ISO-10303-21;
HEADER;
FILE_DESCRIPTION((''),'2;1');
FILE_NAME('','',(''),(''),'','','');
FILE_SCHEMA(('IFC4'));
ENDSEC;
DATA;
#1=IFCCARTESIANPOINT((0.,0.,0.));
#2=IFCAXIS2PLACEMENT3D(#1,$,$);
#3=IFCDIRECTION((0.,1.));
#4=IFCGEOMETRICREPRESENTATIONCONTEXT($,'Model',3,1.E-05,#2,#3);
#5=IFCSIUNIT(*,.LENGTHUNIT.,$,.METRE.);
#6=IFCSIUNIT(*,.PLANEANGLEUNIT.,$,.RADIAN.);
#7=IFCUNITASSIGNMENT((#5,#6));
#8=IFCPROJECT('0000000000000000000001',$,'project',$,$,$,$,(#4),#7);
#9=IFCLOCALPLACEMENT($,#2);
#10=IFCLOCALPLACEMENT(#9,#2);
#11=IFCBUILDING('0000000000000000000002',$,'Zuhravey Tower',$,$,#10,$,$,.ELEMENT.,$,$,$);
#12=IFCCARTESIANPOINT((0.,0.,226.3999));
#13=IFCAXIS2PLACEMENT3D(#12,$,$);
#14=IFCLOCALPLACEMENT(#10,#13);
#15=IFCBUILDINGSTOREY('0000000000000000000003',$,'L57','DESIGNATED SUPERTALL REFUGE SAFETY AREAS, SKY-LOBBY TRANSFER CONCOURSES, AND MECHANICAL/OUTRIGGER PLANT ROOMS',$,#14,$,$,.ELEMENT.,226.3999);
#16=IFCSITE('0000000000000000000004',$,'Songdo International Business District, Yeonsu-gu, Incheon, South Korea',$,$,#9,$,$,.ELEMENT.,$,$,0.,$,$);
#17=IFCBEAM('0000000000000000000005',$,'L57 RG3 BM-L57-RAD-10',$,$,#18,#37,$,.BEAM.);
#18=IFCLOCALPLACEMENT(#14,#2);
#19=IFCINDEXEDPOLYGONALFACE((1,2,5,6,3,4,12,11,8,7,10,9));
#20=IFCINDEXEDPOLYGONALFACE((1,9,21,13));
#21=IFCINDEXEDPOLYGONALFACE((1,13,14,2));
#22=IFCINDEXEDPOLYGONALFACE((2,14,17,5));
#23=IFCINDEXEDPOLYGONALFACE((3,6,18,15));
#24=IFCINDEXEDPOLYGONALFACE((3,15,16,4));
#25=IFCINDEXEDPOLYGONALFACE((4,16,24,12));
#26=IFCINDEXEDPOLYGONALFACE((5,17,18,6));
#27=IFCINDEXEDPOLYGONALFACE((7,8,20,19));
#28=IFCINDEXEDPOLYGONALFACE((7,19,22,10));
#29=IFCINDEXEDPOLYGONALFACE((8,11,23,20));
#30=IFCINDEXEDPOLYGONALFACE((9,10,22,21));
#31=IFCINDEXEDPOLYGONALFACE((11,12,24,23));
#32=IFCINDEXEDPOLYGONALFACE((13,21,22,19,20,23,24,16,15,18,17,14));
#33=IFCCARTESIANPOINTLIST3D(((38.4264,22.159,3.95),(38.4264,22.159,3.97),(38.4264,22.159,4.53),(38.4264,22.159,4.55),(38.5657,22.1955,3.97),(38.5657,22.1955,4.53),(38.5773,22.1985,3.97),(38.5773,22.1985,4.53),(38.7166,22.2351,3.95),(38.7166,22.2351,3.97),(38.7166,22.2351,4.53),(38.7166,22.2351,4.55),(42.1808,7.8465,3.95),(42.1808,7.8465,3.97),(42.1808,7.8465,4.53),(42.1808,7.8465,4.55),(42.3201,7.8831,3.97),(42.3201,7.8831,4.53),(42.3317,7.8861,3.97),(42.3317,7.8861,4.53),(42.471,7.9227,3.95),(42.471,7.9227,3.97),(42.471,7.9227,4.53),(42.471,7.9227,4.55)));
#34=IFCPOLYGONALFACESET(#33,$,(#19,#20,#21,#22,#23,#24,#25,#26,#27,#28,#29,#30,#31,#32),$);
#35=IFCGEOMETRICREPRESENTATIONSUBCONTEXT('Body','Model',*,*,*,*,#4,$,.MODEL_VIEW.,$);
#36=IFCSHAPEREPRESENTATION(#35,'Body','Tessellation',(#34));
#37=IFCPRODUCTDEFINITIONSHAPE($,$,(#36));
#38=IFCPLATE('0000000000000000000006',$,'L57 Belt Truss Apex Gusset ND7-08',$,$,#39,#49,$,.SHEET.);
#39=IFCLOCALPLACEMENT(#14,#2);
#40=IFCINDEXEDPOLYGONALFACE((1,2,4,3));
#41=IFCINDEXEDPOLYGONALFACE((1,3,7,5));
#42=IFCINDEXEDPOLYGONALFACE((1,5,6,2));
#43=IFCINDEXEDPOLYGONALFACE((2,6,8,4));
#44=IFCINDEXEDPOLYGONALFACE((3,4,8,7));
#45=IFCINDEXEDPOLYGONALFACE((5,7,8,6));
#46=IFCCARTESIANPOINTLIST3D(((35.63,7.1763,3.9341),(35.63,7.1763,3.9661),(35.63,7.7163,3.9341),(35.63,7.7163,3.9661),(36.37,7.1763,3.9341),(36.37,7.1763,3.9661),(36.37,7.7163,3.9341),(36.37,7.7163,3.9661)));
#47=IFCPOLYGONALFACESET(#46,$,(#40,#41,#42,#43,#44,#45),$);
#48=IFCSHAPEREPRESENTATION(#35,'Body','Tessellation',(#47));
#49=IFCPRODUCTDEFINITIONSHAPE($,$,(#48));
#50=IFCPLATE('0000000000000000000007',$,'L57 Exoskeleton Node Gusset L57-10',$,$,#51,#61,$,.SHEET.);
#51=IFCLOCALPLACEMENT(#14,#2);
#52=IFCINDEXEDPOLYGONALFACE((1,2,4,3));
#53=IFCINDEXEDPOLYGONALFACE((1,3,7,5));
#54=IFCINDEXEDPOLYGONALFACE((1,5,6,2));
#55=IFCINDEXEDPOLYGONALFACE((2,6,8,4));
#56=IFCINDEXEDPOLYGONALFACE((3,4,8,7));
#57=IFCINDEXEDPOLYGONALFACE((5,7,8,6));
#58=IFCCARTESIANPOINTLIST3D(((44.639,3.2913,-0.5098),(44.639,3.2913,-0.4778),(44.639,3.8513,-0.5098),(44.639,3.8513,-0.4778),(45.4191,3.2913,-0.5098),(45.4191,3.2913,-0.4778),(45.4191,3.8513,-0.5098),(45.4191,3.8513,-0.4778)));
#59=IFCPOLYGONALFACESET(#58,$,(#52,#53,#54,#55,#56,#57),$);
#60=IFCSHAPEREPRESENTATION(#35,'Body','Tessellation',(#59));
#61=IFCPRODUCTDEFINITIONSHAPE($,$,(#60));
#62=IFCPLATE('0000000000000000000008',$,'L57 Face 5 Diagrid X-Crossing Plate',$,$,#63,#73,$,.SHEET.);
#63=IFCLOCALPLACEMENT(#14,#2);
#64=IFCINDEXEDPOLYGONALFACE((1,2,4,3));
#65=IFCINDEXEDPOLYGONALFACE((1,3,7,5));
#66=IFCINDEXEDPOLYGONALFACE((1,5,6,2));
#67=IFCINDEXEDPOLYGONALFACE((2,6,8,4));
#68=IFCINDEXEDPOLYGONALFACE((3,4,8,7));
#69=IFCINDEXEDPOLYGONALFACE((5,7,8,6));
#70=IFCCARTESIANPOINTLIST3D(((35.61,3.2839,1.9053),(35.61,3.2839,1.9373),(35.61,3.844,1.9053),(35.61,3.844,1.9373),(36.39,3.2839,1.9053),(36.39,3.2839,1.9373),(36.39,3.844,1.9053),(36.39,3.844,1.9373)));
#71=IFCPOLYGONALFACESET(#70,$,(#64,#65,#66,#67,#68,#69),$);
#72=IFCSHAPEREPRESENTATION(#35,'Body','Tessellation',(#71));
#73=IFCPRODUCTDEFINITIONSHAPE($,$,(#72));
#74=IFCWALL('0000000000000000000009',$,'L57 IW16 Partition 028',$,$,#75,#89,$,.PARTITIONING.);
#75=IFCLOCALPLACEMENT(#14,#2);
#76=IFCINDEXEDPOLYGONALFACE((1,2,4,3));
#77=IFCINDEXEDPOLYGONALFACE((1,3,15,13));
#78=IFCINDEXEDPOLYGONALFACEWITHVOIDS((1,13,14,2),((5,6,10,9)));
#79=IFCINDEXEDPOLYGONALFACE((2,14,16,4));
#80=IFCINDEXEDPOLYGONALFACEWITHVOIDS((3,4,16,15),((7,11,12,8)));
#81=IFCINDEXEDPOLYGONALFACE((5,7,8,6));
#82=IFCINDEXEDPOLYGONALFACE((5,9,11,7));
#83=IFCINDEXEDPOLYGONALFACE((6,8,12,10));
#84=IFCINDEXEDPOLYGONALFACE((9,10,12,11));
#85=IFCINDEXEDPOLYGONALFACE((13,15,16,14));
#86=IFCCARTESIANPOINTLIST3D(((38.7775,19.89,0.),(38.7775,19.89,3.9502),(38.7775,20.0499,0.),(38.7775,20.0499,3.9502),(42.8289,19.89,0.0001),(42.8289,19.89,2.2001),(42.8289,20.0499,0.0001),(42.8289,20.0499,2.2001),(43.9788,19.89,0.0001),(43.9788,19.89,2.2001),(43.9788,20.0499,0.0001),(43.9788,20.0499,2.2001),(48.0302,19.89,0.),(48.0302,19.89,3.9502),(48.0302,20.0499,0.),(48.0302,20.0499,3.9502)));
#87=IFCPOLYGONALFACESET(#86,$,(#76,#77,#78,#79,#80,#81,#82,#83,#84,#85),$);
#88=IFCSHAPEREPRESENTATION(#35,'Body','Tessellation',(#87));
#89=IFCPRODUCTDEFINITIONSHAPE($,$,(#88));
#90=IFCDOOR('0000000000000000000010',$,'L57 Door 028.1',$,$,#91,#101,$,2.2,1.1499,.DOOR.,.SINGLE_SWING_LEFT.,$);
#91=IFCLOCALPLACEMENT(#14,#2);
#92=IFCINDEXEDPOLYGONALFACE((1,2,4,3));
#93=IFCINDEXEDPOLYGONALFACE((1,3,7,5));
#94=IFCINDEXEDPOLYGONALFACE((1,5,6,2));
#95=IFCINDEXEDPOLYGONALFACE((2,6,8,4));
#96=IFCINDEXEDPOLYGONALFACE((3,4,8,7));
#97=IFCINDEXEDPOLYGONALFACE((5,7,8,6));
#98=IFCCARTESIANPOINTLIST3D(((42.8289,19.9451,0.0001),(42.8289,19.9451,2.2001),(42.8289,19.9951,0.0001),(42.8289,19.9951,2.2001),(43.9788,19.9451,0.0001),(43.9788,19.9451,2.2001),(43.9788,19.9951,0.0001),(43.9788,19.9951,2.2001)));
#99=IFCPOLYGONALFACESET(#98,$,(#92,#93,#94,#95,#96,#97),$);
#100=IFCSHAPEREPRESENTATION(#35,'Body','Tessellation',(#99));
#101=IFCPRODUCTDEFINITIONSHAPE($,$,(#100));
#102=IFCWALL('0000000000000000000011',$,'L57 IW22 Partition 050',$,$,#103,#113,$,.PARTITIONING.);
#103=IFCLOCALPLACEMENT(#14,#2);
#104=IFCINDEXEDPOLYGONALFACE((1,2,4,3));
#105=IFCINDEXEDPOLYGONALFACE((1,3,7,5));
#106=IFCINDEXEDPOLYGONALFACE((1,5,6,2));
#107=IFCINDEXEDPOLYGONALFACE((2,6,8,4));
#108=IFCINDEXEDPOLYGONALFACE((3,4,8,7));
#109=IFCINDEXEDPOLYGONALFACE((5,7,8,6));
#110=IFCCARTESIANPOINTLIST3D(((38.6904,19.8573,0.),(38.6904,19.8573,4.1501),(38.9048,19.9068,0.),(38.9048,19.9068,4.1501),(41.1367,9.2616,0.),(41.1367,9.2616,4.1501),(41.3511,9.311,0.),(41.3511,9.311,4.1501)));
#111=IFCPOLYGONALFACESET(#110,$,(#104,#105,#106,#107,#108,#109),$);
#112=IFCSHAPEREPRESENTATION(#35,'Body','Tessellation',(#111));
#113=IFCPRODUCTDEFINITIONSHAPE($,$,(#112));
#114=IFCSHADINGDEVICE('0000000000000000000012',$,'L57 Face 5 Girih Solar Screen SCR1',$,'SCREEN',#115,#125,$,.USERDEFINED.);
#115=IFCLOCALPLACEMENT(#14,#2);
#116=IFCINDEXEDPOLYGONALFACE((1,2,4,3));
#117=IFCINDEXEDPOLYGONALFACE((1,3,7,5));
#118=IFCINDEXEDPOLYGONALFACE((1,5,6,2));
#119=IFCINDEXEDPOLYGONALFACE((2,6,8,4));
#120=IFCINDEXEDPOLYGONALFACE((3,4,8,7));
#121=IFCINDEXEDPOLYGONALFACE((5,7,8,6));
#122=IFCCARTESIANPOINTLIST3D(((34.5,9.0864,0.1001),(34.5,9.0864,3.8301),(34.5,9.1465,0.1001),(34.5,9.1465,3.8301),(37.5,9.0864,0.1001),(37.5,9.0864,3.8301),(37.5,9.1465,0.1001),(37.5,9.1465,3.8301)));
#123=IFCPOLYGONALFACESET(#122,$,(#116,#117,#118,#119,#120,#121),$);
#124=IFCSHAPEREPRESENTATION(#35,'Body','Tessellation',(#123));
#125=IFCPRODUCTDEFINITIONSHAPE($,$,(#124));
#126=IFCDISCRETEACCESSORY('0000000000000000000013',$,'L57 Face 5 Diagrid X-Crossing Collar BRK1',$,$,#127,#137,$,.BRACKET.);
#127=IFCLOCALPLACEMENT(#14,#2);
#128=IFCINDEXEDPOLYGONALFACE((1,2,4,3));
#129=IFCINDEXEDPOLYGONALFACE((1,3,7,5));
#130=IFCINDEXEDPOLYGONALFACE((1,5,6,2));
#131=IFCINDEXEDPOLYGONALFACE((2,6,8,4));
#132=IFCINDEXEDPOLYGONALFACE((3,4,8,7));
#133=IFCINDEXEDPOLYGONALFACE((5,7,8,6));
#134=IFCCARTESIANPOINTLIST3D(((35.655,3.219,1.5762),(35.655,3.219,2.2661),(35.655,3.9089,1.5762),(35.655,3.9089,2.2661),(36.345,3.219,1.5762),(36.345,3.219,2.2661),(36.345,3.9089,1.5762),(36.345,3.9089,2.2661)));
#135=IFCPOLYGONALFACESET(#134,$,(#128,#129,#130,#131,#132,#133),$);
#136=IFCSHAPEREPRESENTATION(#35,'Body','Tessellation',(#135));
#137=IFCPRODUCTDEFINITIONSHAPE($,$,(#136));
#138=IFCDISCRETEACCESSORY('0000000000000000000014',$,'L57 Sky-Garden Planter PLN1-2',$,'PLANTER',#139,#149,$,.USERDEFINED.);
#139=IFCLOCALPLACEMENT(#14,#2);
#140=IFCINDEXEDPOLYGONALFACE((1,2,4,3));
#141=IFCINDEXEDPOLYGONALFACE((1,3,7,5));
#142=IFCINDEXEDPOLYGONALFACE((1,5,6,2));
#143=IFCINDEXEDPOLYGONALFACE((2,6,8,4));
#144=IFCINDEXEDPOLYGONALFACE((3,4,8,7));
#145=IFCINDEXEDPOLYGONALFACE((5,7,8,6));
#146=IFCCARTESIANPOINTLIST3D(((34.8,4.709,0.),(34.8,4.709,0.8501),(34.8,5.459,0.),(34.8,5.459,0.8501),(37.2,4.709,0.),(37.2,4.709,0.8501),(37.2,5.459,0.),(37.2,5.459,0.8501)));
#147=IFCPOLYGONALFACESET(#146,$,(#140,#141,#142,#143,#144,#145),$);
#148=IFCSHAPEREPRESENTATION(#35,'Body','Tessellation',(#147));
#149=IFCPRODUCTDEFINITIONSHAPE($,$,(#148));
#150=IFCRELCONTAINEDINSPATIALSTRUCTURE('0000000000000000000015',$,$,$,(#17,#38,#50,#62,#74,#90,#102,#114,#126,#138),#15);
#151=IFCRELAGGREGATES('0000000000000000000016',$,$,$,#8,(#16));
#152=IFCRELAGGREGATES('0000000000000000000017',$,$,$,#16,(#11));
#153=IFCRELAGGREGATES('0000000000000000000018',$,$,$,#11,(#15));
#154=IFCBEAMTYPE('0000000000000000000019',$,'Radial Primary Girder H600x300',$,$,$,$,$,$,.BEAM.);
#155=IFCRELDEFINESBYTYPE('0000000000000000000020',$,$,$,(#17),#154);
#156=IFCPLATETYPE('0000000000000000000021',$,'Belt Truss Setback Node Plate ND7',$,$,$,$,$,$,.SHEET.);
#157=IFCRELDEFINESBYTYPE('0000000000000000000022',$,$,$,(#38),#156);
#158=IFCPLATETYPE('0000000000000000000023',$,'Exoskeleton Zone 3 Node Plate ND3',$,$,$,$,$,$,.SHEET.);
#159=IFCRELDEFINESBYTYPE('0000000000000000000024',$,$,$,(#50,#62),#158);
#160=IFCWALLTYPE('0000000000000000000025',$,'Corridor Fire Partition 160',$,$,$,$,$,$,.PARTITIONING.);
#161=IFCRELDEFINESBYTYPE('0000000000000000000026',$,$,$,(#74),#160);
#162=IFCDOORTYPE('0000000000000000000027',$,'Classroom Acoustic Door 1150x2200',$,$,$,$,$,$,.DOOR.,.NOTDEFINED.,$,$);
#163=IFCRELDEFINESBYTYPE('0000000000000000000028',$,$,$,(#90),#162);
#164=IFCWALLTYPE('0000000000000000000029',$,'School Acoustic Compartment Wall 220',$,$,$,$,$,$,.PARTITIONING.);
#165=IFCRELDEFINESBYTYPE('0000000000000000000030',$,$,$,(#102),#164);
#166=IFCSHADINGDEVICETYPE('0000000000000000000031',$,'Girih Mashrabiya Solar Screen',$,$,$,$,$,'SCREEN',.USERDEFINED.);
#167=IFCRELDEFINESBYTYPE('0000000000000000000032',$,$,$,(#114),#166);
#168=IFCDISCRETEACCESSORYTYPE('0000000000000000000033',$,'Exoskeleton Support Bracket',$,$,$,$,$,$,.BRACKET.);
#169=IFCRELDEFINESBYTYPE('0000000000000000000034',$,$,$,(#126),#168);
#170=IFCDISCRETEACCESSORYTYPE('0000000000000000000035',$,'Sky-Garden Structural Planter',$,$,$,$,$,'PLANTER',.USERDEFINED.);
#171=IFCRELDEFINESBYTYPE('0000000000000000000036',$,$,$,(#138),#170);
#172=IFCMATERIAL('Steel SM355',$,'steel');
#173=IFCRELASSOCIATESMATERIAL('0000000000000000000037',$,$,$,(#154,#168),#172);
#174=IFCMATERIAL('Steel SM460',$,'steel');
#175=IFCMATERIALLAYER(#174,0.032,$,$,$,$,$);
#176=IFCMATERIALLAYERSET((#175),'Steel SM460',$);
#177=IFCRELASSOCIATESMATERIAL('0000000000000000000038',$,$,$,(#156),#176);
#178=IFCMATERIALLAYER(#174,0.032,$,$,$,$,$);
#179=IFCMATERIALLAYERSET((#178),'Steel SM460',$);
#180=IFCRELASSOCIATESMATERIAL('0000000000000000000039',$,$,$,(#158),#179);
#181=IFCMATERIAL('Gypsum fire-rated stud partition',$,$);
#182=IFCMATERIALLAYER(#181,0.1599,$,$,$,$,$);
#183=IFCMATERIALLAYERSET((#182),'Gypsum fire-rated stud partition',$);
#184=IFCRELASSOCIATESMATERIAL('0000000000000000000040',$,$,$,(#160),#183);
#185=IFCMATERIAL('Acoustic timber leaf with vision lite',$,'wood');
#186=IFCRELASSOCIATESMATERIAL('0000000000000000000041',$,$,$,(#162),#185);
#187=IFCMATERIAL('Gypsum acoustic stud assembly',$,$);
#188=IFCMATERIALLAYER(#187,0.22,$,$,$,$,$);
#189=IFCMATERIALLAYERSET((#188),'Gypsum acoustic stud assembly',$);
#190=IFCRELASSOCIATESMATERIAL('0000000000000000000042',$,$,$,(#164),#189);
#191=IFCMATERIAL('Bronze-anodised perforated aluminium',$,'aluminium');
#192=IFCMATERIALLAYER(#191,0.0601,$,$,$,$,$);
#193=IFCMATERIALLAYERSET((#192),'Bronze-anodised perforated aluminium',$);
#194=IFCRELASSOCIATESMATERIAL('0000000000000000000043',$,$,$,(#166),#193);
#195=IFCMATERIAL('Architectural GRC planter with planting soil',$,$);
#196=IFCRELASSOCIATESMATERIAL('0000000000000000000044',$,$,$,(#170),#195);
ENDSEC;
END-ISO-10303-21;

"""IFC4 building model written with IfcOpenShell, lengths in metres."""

from ifc_helpers import new_model, si_unit, direction, frame, frame_2d, origin, origin_2d, place, context, subcontext, project, spatial, rectangle, i_section, extrude, material, layer, layer_set, material_profile, profile_set, type_object, element, fill, save


model = new_model("IFC4")

# Units and contexts
model_context = context("Model", 3, precision=1e-05, world=origin(), true_north=direction((0.0, 1.0)))
body_context = subcontext(model_context, "Body", "Model", "MODEL_VIEW")
ifc_project = project(units=[si_unit("LENGTHUNIT", "METRE"), si_unit("PLANEANGLEUNIT", "RADIAN")], contexts=[model_context])

# Site, building, storey
site_placement = place(None, origin())
site = spatial("IfcSite", under=ifc_project, at=site_placement, Name="Songdo International Business District, Yeonsu-gu, Incheon, South Korea", CompositionType="ELEMENT", RefElevation=0.0)
building_placement = place(site_placement, origin())
building = spatial("IfcBuilding", under=site, at=building_placement, Name="Zuhravey Tower", CompositionType="ELEMENT")
storey_placement = place(building_placement, frame((0.0, 0.0, 226.3999)))
storey = spatial("IfcBuildingStorey", under=building, at=storey_placement, Name="L57", Description="DESIGNATED SUPERTALL REFUGE SAFETY AREAS, SKY-LOBBY TRANSFER CONCOURSES, AND MECHANICAL/OUTRIGGER PLANT ROOMS", CompositionType="ELEMENT", Elevation=226.3999)

# Shared definitions
ifc_material_1 = material(Name="Steel SM355", Category="steel")

# Shared definitions
ifc_material_2 = material(Name="Steel SM460", Category="steel")

# Beam
ifc_material_profile_1 = material_profile(ifc_material_1, i_section(OverallWidth=0.3, OverallDepth=0.6001, WebThickness=0.012, FlangeThickness=0.02, at=origin_2d()), Name="H-600x300x12x20")
ifc_profile_set_1 = profile_set([ifc_material_profile_1], Name="Steel SM355")
beam_type_1 = type_object("IfcBeamType", Name="Radial Primary Girder H600x300", PredefinedType="BEAM", material=ifc_profile_set_1)
beam_1_placement = place(storey_placement, frame((38.5715, 22.197, 4.25), z_axis=(0.253731, -0.967275, 0.0), x_axis=(0.967275, 0.253731, 0.0)))
element("IfcBeam", 1, at=beam_1_placement, inside=storey, type_object=beam_type_1, Name="L57 RG3 BM-L57-RAD-10", PredefinedType="BEAM", context=body_context, shape_type="SweptSolid", body=[
    extrude(i_section(OverallWidth=0.3, OverallDepth=0.6001, WebThickness=0.012, FlangeThickness=0.02, at=origin_2d()), origin(), (0.0, 0.0, 1.0), 14.7966),
])

# Plates
ifc_layer_1 = layer(ifc_material_2, 0.032)
ifc_layer_set_1 = layer_set([ifc_layer_1], Name="Steel SM460")
plate_type_1 = type_object("IfcPlateType", Name="Belt Truss Setback Node Plate ND7", PredefinedType="SHEET", material=ifc_layer_set_1)
plate_placement = place(storey_placement, frame((36.0, 7.4463, 3.9341), z_axis=(0.0, 0.0, 1.0), x_axis=(1.0, 0.0, 0.0)))
element("IfcPlate", 2, at=plate_placement, inside=storey, type_object=plate_type_1, Name="L57 Belt Truss Apex Gusset ND7-08", PredefinedType="SHEET", context=body_context, shape_type="SweptSolid", body=[
    extrude(rectangle(XDim=0.74, YDim=0.54, at=origin_2d()), origin(), (0.0, 0.0, 1.0), 0.032),
])
ifc_layer_2 = layer(ifc_material_2, 0.032)
ifc_layer_set_2 = layer_set([ifc_layer_2], Name="Steel SM460")
plate_type_2 = type_object("IfcPlateType", Name="Exoskeleton Zone 3 Node Plate ND3", PredefinedType="SHEET", material=ifc_layer_set_2)
for number, where, z_axis, x_axis, name in (
    (3, (45.0291, 3.5713, -0.5098), (0.0, 0.0, 1.0), (1.0, 0.0, 0.0), "L57 Exoskeleton Node Gusset L57-10"),
    (4, (36.0, 3.564, 1.9053), (0.0, 0.0, 1.0), (1.0, 0.0, 0.0), "L57 Face 5 Diagrid X-Crossing Plate"),
):
    element("IfcPlate", number, at=place(storey_placement, frame(where, z_axis=z_axis, x_axis=x_axis)), inside=storey, type_object=plate_type_2, Name=name, PredefinedType="SHEET", context=body_context, shape_type="SweptSolid", body=[
        extrude(rectangle(XDim=0.78, YDim=0.5601, at=origin_2d()), origin(), (0.0, 0.0, 1.0), 0.032),
    ])

# Wall, opening, door
ifc_material_3 = material(Name="Gypsum fire-rated stud partition")
ifc_layer_3 = layer(ifc_material_3, 0.1599)
ifc_layer_set_3 = layer_set([ifc_layer_3], Name="Gypsum fire-rated stud partition")
wall_type_1 = type_object("IfcWallType", Name="Corridor Fire Partition 160", PredefinedType="PARTITIONING", material=ifc_layer_set_3)
wall_1_placement = place(storey_placement, frame((38.7773, 19.97, 0.0), z_axis=(0.0, 0.0, 1.0), x_axis=(1.0, 0.0, 0.0)))
wall_1 = element("IfcWall", 5, at=wall_1_placement, inside=storey, type_object=wall_type_1, Name="L57 IW16 Partition 028", PredefinedType="PARTITIONING", context=body_context, shape_type="SweptSolid", body=[
    extrude(rectangle(XDim=9.2527, YDim=0.1599, at=frame_2d((4.6265, 0.0))), origin(), (0.0, 0.0, 1.0), 3.9502),
])
opening_placement = place(wall_1_placement, frame((4.0515, 0.0, 0.0)))
opening = element("IfcOpeningElement", 6, at=opening_placement, cuts=wall_1, PredefinedType="OPENING", context=body_context, shape_type="SweptSolid", body=[
    extrude(rectangle(XDim=1.1499, YDim=2.2, at=frame_2d((0.575, 1.1001))), frame((0.0, 0.092, 0.0), z_axis=(0.0, -1.0, 0.0), x_axis=(1.0, 0.0, 0.0)), (0.0, 0.0, 1.0), 0.1838),
])
ifc_material_4 = material(Name="Acoustic timber leaf with vision lite", Category="wood")
door_type = type_object("IfcDoorType", Name="Classroom Acoustic Door 1150x2200", OperationType="NOTDEFINED", PredefinedType="DOOR", material=ifc_material_4)
door_placement = place(opening_placement, frame((1.1499, 0.0, 0.0), z_axis=(0.0, 0.0, 1.0), x_axis=(-1.0, 0.0, 0.0)))
door = element("IfcDoor", 7, at=door_placement, inside=storey, type_object=door_type, Name="L57 Door 028.1", OperationType="SINGLE_SWING_LEFT", OverallHeight=2.2, OverallWidth=1.1499, PredefinedType="DOOR", context=body_context, shape_type="SweptSolid", body=[
    extrude(rectangle(XDim=1.1499, YDim=2.2, at=frame_2d((0.575, 1.1001))), frame((0.0, 0.0249, 0.0), z_axis=(0.0, -1.0, 0.0), x_axis=(1.0, 0.0, 0.0)), (0.0, 0.0, 1.0), 0.05),
])
fill(opening, door)

# Wall
ifc_material_5 = material(Name="Gypsum acoustic stud assembly")
ifc_layer_4 = layer(ifc_material_5, 0.22)
ifc_layer_set_4 = layer_set([ifc_layer_4], Name="Gypsum acoustic stud assembly")
wall_type_2 = type_object("IfcWallType", Name="School Acoustic Compartment Wall 220", PredefinedType="PARTITIONING", material=ifc_layer_set_4)
wall_2_placement = place(storey_placement, frame((38.7976, 19.8821, 0.0), z_axis=(0.0, 0.0, 1.0), x_axis=(0.224958, -0.974368, 0.0)))
element("IfcWall", 8, at=wall_2_placement, inside=storey, type_object=wall_type_2, Name="L57 IW22 Partition 050", PredefinedType="PARTITIONING", context=body_context, shape_type="SweptSolid", body=[
    extrude(rectangle(XDim=10.8745, YDim=0.22, at=frame_2d((5.4373, 0.0))), origin(), (0.0, 0.0, 1.0), 4.1501),
])

# Shading device
ifc_material_6 = material(Name="Bronze-anodised perforated aluminium", Category="aluminium")
ifc_layer_5 = layer(ifc_material_6, 0.0601)
ifc_layer_set_5 = layer_set([ifc_layer_5], Name="Bronze-anodised perforated aluminium")
shading_device_type = type_object("IfcShadingDeviceType", Name="Girih Mashrabiya Solar Screen", ElementType="SCREEN", PredefinedType="USERDEFINED", material=ifc_layer_set_5)
shading_device_placement = place(storey_placement, frame((36.0, 9.1165, 0.1001), z_axis=(0.0, 0.0, 1.0), x_axis=(-1.0, 0.0, 0.0)))
element("IfcShadingDevice", 9, at=shading_device_placement, inside=storey, type_object=shading_device_type, Name="L57 Face 5 Girih Solar Screen SCR1", ObjectType="SCREEN", PredefinedType="USERDEFINED", context=body_context, shape_type="SweptSolid", body=[
    extrude(rectangle(XDim=3.0, YDim=0.0601, at=origin_2d()), origin(), (0.0, 0.0, 1.0), 3.73),
])

# Discrete accessories
discrete_accessory_type_1 = type_object("IfcDiscreteAccessoryType", Name="Exoskeleton Support Bracket", PredefinedType="BRACKET", material=ifc_material_1)
discrete_accessory_1_placement = place(storey_placement, frame((36.0, 3.564, 1.5762), z_axis=(0.0, 0.0, 1.0), x_axis=(1.0, 0.0, 0.0)))
element("IfcDiscreteAccessory", 10, at=discrete_accessory_1_placement, inside=storey, type_object=discrete_accessory_type_1, Name="L57 Face 5 Diagrid X-Crossing Collar BRK1", PredefinedType="BRACKET", context=body_context, shape_type="SweptSolid", body=[
    extrude(rectangle(XDim=0.6899, YDim=0.6899, at=origin_2d()), origin(), (0.0, 0.0, 1.0), 0.6899),
])
ifc_material_7 = material(Name="Architectural GRC planter with planting soil")
discrete_accessory_type_2 = type_object("IfcDiscreteAccessoryType", Name="Sky-Garden Structural Planter", ElementType="PLANTER", PredefinedType="USERDEFINED", material=ifc_material_7)
discrete_accessory_2_placement = place(storey_placement, frame((36.0, 5.084, 0.0), z_axis=(0.0, 0.0, 1.0), x_axis=(1.0, 0.0, 0.0)))
element("IfcDiscreteAccessory", 11, at=discrete_accessory_2_placement, inside=storey, type_object=discrete_accessory_type_2, Name="L57 Sky-Garden Planter PLN1-2", ObjectType="PLANTER", PredefinedType="USERDEFINED", context=body_context, shape_type="SweptSolid", body=[
    extrude(rectangle(XDim=2.3999, YDim=0.75, at=origin_2d()), origin(), (0.0, 0.0, 1.0), 0.8501),
])

save(model, "model.ifc")
